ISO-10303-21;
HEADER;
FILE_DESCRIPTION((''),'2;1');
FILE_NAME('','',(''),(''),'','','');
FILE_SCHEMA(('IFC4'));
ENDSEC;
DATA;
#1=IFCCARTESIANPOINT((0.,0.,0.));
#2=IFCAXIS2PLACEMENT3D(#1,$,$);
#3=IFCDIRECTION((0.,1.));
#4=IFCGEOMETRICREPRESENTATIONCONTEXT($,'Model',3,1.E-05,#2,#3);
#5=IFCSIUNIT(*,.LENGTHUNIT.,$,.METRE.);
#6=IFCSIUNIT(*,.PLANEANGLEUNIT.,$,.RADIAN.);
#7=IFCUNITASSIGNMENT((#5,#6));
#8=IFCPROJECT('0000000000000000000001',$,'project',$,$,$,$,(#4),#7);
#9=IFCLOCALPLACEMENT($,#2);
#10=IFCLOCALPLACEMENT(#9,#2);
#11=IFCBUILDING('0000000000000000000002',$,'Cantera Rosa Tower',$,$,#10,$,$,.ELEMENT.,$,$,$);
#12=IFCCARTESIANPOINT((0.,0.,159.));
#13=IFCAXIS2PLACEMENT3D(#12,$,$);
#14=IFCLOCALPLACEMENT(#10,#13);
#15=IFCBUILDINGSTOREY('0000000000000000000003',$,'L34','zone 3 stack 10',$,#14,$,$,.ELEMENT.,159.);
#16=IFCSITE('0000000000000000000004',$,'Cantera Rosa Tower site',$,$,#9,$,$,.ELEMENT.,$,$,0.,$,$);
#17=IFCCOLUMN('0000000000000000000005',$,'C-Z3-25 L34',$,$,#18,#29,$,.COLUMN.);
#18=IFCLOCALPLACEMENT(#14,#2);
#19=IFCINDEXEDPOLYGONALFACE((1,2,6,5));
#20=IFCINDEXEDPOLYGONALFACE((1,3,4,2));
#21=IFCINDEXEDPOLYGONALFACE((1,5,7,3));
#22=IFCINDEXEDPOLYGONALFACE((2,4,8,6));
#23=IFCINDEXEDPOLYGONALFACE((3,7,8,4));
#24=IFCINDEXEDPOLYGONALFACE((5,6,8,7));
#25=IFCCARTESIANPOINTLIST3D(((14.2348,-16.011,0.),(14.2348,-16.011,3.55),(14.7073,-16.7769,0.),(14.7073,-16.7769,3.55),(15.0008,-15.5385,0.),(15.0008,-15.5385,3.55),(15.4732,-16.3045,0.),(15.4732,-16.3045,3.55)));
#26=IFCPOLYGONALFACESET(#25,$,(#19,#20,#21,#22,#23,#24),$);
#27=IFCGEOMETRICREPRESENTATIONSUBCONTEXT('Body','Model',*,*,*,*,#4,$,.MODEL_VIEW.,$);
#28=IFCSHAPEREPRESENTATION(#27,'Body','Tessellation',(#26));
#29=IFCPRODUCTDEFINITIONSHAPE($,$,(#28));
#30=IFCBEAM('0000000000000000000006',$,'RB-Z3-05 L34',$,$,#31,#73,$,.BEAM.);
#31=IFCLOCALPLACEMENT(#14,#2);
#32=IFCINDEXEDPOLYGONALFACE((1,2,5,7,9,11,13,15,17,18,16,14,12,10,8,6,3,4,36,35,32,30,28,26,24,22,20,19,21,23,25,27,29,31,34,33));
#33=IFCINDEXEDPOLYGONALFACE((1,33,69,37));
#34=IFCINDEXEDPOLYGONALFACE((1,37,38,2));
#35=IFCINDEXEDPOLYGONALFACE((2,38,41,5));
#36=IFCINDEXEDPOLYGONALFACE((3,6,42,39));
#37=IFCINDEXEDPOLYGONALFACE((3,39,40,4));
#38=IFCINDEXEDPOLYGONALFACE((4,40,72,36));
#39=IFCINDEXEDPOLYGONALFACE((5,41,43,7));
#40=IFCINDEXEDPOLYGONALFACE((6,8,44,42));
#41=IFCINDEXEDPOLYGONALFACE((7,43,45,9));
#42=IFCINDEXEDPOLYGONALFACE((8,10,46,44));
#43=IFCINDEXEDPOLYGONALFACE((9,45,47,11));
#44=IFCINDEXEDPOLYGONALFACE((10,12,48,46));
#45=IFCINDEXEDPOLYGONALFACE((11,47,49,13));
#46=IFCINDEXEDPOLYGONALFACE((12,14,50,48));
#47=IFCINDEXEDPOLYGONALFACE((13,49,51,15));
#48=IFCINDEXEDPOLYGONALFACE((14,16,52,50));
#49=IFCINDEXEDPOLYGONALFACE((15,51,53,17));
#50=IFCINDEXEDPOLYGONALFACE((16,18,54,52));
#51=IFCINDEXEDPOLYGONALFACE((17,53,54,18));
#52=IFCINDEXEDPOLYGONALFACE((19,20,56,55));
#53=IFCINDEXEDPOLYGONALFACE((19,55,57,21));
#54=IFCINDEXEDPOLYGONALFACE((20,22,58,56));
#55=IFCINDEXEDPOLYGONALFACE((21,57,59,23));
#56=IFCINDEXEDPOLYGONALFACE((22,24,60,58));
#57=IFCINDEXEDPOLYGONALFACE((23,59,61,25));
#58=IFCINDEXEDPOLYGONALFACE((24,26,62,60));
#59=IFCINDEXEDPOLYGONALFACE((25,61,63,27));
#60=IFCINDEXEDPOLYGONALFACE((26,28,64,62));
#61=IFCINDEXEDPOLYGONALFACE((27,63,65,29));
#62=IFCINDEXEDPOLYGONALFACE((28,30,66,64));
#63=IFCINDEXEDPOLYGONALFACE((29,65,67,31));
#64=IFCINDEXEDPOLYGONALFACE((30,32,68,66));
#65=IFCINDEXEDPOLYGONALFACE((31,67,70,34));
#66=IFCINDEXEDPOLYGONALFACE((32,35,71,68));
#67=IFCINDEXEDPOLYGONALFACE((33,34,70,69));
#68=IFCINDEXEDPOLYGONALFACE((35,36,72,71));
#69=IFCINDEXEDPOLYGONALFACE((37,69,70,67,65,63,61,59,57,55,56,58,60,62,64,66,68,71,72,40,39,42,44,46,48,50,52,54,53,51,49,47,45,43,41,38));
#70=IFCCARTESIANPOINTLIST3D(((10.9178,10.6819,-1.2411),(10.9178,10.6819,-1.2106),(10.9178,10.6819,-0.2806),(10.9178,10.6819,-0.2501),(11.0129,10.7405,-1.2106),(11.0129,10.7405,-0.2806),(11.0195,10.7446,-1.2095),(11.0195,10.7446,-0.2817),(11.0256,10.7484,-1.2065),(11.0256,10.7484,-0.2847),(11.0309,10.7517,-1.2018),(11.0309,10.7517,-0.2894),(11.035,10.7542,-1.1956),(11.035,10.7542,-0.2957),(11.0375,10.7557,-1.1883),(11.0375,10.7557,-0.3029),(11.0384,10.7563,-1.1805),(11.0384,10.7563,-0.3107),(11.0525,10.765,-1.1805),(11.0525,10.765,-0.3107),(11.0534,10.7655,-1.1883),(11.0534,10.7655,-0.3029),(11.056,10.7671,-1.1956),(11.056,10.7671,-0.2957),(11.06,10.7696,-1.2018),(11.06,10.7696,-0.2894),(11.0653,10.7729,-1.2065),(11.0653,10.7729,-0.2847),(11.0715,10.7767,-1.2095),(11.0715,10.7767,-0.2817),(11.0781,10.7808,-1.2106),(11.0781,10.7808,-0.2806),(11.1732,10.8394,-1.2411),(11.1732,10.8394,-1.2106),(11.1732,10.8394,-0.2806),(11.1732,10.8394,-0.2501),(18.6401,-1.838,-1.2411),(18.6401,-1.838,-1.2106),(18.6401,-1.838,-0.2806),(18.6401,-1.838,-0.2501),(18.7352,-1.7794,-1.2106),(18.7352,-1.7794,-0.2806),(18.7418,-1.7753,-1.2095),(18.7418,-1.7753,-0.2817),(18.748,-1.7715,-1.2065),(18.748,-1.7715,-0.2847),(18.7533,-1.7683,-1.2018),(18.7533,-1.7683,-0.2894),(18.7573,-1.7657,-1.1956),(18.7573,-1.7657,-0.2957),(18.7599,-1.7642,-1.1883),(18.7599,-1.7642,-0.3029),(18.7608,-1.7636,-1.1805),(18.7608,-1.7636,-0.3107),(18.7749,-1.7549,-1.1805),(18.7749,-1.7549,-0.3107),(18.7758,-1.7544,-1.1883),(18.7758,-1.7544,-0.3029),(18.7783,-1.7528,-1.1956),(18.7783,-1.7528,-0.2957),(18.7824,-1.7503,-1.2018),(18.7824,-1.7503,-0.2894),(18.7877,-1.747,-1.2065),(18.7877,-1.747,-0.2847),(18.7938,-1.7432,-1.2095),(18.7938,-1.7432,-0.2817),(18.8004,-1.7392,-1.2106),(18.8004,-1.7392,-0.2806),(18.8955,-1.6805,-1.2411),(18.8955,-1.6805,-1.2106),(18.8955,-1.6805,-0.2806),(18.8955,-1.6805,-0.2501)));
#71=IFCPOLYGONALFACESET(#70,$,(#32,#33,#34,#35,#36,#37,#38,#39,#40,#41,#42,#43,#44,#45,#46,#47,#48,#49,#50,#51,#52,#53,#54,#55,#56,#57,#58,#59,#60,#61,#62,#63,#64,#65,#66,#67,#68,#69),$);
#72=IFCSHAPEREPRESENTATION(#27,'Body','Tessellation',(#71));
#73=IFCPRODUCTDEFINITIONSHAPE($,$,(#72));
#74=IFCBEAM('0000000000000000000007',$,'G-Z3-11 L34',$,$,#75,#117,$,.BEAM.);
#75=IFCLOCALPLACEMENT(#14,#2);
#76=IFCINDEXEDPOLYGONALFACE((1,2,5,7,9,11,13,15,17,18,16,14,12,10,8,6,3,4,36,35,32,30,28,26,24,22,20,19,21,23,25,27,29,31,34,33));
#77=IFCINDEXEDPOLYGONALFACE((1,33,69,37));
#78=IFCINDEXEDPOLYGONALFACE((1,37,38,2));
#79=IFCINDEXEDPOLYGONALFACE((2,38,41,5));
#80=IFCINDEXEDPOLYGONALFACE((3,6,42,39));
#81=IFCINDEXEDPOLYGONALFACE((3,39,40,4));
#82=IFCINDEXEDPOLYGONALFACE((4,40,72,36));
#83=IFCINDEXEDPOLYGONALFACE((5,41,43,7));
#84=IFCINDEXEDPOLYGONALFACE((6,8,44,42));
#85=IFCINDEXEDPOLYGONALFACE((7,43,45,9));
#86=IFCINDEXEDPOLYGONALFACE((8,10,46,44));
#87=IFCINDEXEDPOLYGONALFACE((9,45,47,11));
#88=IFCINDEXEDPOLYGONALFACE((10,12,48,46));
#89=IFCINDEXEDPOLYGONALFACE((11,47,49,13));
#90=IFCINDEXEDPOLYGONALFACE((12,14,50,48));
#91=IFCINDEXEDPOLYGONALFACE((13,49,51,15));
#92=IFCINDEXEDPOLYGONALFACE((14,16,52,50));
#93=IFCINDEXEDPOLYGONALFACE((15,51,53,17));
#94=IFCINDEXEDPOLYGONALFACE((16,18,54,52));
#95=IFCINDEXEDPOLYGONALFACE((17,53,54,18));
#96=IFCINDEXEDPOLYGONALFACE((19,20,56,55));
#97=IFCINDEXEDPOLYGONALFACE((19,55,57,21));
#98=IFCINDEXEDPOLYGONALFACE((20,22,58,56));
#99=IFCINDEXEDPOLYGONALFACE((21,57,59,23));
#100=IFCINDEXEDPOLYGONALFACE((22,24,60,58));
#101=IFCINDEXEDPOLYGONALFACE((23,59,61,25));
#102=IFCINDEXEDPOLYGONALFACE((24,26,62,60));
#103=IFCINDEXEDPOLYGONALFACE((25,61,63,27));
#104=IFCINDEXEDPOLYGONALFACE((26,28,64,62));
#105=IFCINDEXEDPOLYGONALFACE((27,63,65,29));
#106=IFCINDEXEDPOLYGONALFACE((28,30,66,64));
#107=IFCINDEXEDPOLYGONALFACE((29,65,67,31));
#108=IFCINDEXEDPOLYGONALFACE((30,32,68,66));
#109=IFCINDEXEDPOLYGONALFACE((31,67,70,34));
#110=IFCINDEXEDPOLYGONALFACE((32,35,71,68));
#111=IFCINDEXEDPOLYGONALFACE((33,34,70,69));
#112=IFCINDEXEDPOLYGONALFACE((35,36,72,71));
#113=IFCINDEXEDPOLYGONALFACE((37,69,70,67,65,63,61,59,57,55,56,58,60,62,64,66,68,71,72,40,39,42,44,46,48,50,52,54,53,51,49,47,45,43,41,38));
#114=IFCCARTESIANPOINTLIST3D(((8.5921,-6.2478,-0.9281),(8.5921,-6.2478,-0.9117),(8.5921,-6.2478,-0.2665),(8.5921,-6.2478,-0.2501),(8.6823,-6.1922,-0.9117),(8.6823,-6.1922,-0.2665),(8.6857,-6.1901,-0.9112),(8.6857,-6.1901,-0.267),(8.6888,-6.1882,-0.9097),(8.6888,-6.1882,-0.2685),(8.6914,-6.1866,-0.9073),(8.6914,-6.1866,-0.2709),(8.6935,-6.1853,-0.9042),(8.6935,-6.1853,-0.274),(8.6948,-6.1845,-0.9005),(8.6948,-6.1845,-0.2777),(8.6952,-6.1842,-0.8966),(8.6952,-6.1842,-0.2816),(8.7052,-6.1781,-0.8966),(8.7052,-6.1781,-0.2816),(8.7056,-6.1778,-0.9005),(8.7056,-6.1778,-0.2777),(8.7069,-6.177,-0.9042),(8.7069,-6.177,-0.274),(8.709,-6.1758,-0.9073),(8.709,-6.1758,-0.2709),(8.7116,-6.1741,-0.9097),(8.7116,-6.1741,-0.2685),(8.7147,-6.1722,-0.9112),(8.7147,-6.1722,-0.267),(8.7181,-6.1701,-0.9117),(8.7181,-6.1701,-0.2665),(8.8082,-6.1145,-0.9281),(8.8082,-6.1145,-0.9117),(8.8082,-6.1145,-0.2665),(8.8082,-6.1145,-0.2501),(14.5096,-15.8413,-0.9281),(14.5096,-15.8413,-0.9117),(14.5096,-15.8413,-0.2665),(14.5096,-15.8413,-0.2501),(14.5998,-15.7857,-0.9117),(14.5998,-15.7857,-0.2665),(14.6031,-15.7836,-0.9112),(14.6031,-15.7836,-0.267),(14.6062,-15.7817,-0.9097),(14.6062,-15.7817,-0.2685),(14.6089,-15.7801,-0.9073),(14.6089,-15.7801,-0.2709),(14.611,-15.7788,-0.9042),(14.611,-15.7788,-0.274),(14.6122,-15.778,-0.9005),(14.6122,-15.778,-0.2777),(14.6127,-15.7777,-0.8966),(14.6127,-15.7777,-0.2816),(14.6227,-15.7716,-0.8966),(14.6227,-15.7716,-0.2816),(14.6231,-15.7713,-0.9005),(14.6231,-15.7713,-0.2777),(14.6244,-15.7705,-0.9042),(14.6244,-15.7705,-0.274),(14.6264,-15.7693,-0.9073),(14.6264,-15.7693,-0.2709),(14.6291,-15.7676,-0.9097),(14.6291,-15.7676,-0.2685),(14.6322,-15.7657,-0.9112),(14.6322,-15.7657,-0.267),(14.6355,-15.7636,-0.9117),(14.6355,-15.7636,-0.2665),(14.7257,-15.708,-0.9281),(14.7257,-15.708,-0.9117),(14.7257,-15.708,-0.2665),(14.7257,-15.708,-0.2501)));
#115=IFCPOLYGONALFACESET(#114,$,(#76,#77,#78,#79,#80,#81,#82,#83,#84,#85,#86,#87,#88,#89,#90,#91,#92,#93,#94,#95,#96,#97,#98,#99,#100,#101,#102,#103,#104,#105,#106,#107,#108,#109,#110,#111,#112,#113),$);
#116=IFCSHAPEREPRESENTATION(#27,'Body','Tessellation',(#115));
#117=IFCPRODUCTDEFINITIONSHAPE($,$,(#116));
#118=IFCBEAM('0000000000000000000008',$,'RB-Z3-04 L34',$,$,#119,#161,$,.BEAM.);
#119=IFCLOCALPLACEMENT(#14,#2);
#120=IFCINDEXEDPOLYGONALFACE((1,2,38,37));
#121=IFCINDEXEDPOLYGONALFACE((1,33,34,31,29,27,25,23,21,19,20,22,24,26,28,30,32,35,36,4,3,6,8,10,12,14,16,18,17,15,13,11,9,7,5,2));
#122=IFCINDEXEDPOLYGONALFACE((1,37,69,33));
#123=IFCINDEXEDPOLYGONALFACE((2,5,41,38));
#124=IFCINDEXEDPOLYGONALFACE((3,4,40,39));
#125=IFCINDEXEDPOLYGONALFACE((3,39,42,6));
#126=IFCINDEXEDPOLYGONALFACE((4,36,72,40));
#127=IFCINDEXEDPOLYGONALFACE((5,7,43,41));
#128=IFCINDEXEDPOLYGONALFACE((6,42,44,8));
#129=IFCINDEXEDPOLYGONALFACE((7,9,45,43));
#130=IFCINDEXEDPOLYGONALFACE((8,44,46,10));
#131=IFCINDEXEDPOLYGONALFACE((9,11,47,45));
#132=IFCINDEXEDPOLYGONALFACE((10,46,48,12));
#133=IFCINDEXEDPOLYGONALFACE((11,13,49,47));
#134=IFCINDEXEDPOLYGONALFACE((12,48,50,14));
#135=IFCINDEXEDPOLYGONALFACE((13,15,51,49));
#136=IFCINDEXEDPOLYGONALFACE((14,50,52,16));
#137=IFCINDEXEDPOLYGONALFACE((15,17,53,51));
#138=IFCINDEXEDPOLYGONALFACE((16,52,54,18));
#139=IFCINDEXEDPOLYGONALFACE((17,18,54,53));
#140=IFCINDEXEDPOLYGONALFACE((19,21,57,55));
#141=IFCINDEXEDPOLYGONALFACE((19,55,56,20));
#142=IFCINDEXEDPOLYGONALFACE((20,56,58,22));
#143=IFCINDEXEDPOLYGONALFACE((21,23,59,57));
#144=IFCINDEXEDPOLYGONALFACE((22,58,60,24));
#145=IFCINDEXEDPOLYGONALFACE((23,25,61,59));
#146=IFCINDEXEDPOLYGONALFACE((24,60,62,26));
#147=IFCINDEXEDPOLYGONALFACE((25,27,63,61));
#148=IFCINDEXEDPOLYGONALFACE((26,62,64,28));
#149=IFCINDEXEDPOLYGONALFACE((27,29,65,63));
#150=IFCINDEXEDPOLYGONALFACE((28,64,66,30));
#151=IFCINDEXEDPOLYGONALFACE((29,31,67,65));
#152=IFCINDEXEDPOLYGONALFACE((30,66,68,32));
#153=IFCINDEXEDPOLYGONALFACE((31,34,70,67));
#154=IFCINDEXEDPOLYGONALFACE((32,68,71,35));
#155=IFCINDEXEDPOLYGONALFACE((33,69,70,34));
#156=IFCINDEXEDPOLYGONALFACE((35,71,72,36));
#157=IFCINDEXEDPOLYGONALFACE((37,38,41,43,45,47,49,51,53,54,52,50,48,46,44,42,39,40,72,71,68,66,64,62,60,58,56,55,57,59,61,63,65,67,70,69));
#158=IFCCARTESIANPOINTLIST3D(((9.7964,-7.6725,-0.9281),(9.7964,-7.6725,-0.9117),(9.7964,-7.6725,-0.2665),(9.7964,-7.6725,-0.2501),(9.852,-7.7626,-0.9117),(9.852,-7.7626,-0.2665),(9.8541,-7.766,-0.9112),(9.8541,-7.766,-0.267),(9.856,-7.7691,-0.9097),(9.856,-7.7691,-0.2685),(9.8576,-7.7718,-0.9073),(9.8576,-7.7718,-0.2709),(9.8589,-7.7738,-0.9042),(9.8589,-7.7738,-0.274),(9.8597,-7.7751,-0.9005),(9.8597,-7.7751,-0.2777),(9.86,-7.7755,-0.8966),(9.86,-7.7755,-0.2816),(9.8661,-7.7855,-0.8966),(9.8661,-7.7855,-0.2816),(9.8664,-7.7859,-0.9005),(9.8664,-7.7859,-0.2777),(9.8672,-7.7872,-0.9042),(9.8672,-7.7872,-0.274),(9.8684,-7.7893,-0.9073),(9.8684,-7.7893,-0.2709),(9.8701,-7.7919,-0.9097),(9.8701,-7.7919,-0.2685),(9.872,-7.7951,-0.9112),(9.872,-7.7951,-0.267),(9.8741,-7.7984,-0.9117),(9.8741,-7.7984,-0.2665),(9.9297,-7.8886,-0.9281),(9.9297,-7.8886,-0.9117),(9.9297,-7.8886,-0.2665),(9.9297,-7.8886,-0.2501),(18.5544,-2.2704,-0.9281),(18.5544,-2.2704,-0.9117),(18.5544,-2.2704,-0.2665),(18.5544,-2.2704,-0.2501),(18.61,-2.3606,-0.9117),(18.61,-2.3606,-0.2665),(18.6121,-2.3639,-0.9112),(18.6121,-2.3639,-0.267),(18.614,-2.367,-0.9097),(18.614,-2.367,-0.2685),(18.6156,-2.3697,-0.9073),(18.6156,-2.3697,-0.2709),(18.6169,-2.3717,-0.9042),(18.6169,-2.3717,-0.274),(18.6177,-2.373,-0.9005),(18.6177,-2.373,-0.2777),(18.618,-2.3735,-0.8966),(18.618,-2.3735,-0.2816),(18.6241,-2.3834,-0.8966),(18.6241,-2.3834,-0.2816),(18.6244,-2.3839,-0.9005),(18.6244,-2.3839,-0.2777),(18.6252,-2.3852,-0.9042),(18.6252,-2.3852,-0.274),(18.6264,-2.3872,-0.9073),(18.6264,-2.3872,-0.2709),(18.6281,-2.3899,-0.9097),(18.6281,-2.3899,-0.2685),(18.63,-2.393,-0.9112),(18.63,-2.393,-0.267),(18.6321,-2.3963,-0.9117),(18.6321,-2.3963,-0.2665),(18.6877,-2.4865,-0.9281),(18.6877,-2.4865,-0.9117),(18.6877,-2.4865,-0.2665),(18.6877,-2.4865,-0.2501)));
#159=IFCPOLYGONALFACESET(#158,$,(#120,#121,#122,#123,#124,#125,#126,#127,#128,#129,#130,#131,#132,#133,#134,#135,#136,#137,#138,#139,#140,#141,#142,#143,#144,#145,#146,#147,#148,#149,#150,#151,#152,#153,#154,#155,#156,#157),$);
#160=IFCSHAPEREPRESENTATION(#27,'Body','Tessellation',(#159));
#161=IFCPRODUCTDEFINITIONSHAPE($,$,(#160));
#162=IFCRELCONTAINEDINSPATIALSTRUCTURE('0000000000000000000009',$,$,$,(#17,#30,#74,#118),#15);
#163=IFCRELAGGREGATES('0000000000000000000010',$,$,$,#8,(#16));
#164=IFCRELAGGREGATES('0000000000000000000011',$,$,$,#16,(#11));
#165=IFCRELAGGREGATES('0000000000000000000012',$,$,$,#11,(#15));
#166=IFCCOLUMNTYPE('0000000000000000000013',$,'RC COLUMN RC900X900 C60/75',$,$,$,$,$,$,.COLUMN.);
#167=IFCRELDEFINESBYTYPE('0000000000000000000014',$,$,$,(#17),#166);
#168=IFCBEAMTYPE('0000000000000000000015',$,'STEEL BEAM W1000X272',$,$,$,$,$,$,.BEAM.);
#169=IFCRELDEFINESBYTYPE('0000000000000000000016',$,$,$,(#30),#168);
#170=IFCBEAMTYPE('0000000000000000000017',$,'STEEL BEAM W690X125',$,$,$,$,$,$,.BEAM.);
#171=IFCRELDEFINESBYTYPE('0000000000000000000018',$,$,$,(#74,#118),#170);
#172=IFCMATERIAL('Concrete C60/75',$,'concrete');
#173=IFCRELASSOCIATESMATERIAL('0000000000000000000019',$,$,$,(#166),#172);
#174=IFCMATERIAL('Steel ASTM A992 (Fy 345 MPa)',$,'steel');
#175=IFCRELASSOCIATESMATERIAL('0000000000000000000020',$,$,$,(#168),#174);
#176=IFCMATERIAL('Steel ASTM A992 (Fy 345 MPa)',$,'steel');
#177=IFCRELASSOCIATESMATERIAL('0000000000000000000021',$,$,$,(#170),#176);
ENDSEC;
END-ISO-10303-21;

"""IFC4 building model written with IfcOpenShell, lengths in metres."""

from ifc_helpers import new_model, si_unit, direction, frame, origin, origin_2d, place, context, subcontext, project, spatial, rectangle, i_section, extrude, material, material_profile, profile_set, type_object, element, save


model = new_model("IFC4")

# Units and contexts
model_context = context("Model", 3, precision=1e-05, world=origin(), true_north=direction((0.0, 1.0)))
body_context = subcontext(model_context, "Body", "Model", "MODEL_VIEW")
ifc_project = project(units=[si_unit("LENGTHUNIT", "METRE"), si_unit("PLANEANGLEUNIT", "RADIAN")], contexts=[model_context])

# Site, building, storey
site_placement = place(None, origin())
site = spatial("IfcSite", under=ifc_project, at=site_placement, Name="Cantera Rosa Tower site", CompositionType="ELEMENT", RefElevation=0.0)
building_placement = place(site_placement, origin())
building = spatial("IfcBuilding", under=site, at=building_placement, Name="Cantera Rosa Tower", CompositionType="ELEMENT")
storey_placement = place(building_placement, frame((0.0, 0.0, 159.0)))
storey = spatial("IfcBuildingStorey", under=building, at=storey_placement, Name="L34", Description="zone 3 stack 10", CompositionType="ELEMENT", Elevation=159.0)

# Column
ifc_material_1 = material(Name="Concrete C60/75", Category="concrete")
ifc_material_profile_1 = material_profile(ifc_material_1, rectangle(XDim=0.8999, YDim=0.8999, at=origin_2d()), Name="RC COLUMN RC900X900 C60/75")
ifc_profile_set_1 = profile_set([ifc_material_profile_1], Name="Concrete C60/75")
column_type = type_object("IfcColumnType", Name="RC COLUMN RC900X900 C60/75", PredefinedType="COLUMN", material=ifc_profile_set_1)
column_placement = place(storey_placement, frame((14.854, -16.1577, 0.0), z_axis=(0.0, 0.0, 1.0), x_axis=(0.851117, 0.524977, 0.0)))
element("IfcColumn", 1, at=column_placement, inside=storey, type_object=column_type, Name="C-Z3-25 L34", PredefinedType="COLUMN", context=body_context, shape_type="SweptSolid", body=[
    extrude(rectangle(XDim=0.8999, YDim=0.8999, at=origin_2d()), origin(), (0.0, 0.0, 1.0), 3.55),
])

# Beams
ifc_material_2 = material(Name="Steel ASTM A992 (Fy 345 MPa)", Category="steel")
ifc_material_profile_2 = material_profile(ifc_material_2, i_section(OverallWidth=0.3, OverallDepth=0.991, WebThickness=0.0166, FlangeThickness=0.0305, FilletRadius=0.03, at=origin_2d()), Name="W1000X272")
ifc_profile_set_2 = profile_set([ifc_material_profile_2], Name="Steel ASTM A992 (Fy 345 MPa)")
beam_type_1 = type_object("IfcBeamType", Name="STEEL BEAM W1000X272", PredefinedType="BEAM", material=ifc_profile_set_2)
beam_1_placement = place(storey_placement, frame((18.7678, -1.7593, -0.7456), z_axis=(-0.524974, 0.851118, 0.0), x_axis=(-0.851118, -0.524974, 0.0)))
element("IfcBeam", 2, at=beam_1_placement, inside=storey, type_object=beam_type_1, Name="RB-Z3-05 L34", PredefinedType="BEAM", context=body_context, shape_type="SweptSolid", body=[
    extrude(i_section(OverallWidth=0.3, OverallDepth=0.991, WebThickness=0.0166, FlangeThickness=0.0305, FilletRadius=0.03, at=origin_2d()), origin(), (0.0, 0.0, 1.0), 14.71),
])
ifc_material_3 = material(Name="Steel ASTM A992 (Fy 345 MPa)", Category="steel")
ifc_material_profile_3 = material_profile(ifc_material_3, i_section(OverallWidth=0.2539, OverallDepth=0.678, WebThickness=0.0117, FlangeThickness=0.0164, FilletRadius=0.0151, at=origin_2d()), Name="W690X125")
ifc_profile_set_3 = profile_set([ifc_material_profile_3], Name="Steel ASTM A992 (Fy 345 MPa)")
beam_type_2 = type_object("IfcBeamType", Name="STEEL BEAM W690X125", PredefinedType="BEAM", material=ifc_profile_set_3)
beam_2_placement = place(storey_placement, frame((14.6177, -15.7747, -0.5891), z_axis=(-0.524984, 0.851112, 0.0), x_axis=(-0.851112, -0.524984, 0.0)))
element("IfcBeam", 3, at=beam_2_placement, inside=storey, type_object=beam_type_2, Name="G-Z3-11 L34", PredefinedType="BEAM", context=body_context, shape_type="SweptSolid", body=[
    extrude(i_section(OverallWidth=0.2539, OverallDepth=0.678, WebThickness=0.0117, FlangeThickness=0.0164, FilletRadius=0.0151, at=origin_2d()), origin(), (0.0, 0.0, 1.0), 11.2717),
])
beam_3_placement = place(storey_placement, frame((9.863, -7.7805, -0.5891), z_axis=(0.851115, 0.52498, 0.0), x_axis=(-0.52498, 0.851115, 0.0)))
element("IfcBeam", 4, at=beam_3_placement, inside=storey, type_object=beam_type_2, Name="RB-Z3-04 L34", PredefinedType="BEAM", context=body_context, shape_type="SweptSolid", body=[
    extrude(i_section(OverallWidth=0.2539, OverallDepth=0.678, WebThickness=0.0117, FlangeThickness=0.0164, FilletRadius=0.0151, at=origin_2d()), origin(), (0.0, 0.0, 1.0), 10.29),
])

save(model, "model.ifc")
